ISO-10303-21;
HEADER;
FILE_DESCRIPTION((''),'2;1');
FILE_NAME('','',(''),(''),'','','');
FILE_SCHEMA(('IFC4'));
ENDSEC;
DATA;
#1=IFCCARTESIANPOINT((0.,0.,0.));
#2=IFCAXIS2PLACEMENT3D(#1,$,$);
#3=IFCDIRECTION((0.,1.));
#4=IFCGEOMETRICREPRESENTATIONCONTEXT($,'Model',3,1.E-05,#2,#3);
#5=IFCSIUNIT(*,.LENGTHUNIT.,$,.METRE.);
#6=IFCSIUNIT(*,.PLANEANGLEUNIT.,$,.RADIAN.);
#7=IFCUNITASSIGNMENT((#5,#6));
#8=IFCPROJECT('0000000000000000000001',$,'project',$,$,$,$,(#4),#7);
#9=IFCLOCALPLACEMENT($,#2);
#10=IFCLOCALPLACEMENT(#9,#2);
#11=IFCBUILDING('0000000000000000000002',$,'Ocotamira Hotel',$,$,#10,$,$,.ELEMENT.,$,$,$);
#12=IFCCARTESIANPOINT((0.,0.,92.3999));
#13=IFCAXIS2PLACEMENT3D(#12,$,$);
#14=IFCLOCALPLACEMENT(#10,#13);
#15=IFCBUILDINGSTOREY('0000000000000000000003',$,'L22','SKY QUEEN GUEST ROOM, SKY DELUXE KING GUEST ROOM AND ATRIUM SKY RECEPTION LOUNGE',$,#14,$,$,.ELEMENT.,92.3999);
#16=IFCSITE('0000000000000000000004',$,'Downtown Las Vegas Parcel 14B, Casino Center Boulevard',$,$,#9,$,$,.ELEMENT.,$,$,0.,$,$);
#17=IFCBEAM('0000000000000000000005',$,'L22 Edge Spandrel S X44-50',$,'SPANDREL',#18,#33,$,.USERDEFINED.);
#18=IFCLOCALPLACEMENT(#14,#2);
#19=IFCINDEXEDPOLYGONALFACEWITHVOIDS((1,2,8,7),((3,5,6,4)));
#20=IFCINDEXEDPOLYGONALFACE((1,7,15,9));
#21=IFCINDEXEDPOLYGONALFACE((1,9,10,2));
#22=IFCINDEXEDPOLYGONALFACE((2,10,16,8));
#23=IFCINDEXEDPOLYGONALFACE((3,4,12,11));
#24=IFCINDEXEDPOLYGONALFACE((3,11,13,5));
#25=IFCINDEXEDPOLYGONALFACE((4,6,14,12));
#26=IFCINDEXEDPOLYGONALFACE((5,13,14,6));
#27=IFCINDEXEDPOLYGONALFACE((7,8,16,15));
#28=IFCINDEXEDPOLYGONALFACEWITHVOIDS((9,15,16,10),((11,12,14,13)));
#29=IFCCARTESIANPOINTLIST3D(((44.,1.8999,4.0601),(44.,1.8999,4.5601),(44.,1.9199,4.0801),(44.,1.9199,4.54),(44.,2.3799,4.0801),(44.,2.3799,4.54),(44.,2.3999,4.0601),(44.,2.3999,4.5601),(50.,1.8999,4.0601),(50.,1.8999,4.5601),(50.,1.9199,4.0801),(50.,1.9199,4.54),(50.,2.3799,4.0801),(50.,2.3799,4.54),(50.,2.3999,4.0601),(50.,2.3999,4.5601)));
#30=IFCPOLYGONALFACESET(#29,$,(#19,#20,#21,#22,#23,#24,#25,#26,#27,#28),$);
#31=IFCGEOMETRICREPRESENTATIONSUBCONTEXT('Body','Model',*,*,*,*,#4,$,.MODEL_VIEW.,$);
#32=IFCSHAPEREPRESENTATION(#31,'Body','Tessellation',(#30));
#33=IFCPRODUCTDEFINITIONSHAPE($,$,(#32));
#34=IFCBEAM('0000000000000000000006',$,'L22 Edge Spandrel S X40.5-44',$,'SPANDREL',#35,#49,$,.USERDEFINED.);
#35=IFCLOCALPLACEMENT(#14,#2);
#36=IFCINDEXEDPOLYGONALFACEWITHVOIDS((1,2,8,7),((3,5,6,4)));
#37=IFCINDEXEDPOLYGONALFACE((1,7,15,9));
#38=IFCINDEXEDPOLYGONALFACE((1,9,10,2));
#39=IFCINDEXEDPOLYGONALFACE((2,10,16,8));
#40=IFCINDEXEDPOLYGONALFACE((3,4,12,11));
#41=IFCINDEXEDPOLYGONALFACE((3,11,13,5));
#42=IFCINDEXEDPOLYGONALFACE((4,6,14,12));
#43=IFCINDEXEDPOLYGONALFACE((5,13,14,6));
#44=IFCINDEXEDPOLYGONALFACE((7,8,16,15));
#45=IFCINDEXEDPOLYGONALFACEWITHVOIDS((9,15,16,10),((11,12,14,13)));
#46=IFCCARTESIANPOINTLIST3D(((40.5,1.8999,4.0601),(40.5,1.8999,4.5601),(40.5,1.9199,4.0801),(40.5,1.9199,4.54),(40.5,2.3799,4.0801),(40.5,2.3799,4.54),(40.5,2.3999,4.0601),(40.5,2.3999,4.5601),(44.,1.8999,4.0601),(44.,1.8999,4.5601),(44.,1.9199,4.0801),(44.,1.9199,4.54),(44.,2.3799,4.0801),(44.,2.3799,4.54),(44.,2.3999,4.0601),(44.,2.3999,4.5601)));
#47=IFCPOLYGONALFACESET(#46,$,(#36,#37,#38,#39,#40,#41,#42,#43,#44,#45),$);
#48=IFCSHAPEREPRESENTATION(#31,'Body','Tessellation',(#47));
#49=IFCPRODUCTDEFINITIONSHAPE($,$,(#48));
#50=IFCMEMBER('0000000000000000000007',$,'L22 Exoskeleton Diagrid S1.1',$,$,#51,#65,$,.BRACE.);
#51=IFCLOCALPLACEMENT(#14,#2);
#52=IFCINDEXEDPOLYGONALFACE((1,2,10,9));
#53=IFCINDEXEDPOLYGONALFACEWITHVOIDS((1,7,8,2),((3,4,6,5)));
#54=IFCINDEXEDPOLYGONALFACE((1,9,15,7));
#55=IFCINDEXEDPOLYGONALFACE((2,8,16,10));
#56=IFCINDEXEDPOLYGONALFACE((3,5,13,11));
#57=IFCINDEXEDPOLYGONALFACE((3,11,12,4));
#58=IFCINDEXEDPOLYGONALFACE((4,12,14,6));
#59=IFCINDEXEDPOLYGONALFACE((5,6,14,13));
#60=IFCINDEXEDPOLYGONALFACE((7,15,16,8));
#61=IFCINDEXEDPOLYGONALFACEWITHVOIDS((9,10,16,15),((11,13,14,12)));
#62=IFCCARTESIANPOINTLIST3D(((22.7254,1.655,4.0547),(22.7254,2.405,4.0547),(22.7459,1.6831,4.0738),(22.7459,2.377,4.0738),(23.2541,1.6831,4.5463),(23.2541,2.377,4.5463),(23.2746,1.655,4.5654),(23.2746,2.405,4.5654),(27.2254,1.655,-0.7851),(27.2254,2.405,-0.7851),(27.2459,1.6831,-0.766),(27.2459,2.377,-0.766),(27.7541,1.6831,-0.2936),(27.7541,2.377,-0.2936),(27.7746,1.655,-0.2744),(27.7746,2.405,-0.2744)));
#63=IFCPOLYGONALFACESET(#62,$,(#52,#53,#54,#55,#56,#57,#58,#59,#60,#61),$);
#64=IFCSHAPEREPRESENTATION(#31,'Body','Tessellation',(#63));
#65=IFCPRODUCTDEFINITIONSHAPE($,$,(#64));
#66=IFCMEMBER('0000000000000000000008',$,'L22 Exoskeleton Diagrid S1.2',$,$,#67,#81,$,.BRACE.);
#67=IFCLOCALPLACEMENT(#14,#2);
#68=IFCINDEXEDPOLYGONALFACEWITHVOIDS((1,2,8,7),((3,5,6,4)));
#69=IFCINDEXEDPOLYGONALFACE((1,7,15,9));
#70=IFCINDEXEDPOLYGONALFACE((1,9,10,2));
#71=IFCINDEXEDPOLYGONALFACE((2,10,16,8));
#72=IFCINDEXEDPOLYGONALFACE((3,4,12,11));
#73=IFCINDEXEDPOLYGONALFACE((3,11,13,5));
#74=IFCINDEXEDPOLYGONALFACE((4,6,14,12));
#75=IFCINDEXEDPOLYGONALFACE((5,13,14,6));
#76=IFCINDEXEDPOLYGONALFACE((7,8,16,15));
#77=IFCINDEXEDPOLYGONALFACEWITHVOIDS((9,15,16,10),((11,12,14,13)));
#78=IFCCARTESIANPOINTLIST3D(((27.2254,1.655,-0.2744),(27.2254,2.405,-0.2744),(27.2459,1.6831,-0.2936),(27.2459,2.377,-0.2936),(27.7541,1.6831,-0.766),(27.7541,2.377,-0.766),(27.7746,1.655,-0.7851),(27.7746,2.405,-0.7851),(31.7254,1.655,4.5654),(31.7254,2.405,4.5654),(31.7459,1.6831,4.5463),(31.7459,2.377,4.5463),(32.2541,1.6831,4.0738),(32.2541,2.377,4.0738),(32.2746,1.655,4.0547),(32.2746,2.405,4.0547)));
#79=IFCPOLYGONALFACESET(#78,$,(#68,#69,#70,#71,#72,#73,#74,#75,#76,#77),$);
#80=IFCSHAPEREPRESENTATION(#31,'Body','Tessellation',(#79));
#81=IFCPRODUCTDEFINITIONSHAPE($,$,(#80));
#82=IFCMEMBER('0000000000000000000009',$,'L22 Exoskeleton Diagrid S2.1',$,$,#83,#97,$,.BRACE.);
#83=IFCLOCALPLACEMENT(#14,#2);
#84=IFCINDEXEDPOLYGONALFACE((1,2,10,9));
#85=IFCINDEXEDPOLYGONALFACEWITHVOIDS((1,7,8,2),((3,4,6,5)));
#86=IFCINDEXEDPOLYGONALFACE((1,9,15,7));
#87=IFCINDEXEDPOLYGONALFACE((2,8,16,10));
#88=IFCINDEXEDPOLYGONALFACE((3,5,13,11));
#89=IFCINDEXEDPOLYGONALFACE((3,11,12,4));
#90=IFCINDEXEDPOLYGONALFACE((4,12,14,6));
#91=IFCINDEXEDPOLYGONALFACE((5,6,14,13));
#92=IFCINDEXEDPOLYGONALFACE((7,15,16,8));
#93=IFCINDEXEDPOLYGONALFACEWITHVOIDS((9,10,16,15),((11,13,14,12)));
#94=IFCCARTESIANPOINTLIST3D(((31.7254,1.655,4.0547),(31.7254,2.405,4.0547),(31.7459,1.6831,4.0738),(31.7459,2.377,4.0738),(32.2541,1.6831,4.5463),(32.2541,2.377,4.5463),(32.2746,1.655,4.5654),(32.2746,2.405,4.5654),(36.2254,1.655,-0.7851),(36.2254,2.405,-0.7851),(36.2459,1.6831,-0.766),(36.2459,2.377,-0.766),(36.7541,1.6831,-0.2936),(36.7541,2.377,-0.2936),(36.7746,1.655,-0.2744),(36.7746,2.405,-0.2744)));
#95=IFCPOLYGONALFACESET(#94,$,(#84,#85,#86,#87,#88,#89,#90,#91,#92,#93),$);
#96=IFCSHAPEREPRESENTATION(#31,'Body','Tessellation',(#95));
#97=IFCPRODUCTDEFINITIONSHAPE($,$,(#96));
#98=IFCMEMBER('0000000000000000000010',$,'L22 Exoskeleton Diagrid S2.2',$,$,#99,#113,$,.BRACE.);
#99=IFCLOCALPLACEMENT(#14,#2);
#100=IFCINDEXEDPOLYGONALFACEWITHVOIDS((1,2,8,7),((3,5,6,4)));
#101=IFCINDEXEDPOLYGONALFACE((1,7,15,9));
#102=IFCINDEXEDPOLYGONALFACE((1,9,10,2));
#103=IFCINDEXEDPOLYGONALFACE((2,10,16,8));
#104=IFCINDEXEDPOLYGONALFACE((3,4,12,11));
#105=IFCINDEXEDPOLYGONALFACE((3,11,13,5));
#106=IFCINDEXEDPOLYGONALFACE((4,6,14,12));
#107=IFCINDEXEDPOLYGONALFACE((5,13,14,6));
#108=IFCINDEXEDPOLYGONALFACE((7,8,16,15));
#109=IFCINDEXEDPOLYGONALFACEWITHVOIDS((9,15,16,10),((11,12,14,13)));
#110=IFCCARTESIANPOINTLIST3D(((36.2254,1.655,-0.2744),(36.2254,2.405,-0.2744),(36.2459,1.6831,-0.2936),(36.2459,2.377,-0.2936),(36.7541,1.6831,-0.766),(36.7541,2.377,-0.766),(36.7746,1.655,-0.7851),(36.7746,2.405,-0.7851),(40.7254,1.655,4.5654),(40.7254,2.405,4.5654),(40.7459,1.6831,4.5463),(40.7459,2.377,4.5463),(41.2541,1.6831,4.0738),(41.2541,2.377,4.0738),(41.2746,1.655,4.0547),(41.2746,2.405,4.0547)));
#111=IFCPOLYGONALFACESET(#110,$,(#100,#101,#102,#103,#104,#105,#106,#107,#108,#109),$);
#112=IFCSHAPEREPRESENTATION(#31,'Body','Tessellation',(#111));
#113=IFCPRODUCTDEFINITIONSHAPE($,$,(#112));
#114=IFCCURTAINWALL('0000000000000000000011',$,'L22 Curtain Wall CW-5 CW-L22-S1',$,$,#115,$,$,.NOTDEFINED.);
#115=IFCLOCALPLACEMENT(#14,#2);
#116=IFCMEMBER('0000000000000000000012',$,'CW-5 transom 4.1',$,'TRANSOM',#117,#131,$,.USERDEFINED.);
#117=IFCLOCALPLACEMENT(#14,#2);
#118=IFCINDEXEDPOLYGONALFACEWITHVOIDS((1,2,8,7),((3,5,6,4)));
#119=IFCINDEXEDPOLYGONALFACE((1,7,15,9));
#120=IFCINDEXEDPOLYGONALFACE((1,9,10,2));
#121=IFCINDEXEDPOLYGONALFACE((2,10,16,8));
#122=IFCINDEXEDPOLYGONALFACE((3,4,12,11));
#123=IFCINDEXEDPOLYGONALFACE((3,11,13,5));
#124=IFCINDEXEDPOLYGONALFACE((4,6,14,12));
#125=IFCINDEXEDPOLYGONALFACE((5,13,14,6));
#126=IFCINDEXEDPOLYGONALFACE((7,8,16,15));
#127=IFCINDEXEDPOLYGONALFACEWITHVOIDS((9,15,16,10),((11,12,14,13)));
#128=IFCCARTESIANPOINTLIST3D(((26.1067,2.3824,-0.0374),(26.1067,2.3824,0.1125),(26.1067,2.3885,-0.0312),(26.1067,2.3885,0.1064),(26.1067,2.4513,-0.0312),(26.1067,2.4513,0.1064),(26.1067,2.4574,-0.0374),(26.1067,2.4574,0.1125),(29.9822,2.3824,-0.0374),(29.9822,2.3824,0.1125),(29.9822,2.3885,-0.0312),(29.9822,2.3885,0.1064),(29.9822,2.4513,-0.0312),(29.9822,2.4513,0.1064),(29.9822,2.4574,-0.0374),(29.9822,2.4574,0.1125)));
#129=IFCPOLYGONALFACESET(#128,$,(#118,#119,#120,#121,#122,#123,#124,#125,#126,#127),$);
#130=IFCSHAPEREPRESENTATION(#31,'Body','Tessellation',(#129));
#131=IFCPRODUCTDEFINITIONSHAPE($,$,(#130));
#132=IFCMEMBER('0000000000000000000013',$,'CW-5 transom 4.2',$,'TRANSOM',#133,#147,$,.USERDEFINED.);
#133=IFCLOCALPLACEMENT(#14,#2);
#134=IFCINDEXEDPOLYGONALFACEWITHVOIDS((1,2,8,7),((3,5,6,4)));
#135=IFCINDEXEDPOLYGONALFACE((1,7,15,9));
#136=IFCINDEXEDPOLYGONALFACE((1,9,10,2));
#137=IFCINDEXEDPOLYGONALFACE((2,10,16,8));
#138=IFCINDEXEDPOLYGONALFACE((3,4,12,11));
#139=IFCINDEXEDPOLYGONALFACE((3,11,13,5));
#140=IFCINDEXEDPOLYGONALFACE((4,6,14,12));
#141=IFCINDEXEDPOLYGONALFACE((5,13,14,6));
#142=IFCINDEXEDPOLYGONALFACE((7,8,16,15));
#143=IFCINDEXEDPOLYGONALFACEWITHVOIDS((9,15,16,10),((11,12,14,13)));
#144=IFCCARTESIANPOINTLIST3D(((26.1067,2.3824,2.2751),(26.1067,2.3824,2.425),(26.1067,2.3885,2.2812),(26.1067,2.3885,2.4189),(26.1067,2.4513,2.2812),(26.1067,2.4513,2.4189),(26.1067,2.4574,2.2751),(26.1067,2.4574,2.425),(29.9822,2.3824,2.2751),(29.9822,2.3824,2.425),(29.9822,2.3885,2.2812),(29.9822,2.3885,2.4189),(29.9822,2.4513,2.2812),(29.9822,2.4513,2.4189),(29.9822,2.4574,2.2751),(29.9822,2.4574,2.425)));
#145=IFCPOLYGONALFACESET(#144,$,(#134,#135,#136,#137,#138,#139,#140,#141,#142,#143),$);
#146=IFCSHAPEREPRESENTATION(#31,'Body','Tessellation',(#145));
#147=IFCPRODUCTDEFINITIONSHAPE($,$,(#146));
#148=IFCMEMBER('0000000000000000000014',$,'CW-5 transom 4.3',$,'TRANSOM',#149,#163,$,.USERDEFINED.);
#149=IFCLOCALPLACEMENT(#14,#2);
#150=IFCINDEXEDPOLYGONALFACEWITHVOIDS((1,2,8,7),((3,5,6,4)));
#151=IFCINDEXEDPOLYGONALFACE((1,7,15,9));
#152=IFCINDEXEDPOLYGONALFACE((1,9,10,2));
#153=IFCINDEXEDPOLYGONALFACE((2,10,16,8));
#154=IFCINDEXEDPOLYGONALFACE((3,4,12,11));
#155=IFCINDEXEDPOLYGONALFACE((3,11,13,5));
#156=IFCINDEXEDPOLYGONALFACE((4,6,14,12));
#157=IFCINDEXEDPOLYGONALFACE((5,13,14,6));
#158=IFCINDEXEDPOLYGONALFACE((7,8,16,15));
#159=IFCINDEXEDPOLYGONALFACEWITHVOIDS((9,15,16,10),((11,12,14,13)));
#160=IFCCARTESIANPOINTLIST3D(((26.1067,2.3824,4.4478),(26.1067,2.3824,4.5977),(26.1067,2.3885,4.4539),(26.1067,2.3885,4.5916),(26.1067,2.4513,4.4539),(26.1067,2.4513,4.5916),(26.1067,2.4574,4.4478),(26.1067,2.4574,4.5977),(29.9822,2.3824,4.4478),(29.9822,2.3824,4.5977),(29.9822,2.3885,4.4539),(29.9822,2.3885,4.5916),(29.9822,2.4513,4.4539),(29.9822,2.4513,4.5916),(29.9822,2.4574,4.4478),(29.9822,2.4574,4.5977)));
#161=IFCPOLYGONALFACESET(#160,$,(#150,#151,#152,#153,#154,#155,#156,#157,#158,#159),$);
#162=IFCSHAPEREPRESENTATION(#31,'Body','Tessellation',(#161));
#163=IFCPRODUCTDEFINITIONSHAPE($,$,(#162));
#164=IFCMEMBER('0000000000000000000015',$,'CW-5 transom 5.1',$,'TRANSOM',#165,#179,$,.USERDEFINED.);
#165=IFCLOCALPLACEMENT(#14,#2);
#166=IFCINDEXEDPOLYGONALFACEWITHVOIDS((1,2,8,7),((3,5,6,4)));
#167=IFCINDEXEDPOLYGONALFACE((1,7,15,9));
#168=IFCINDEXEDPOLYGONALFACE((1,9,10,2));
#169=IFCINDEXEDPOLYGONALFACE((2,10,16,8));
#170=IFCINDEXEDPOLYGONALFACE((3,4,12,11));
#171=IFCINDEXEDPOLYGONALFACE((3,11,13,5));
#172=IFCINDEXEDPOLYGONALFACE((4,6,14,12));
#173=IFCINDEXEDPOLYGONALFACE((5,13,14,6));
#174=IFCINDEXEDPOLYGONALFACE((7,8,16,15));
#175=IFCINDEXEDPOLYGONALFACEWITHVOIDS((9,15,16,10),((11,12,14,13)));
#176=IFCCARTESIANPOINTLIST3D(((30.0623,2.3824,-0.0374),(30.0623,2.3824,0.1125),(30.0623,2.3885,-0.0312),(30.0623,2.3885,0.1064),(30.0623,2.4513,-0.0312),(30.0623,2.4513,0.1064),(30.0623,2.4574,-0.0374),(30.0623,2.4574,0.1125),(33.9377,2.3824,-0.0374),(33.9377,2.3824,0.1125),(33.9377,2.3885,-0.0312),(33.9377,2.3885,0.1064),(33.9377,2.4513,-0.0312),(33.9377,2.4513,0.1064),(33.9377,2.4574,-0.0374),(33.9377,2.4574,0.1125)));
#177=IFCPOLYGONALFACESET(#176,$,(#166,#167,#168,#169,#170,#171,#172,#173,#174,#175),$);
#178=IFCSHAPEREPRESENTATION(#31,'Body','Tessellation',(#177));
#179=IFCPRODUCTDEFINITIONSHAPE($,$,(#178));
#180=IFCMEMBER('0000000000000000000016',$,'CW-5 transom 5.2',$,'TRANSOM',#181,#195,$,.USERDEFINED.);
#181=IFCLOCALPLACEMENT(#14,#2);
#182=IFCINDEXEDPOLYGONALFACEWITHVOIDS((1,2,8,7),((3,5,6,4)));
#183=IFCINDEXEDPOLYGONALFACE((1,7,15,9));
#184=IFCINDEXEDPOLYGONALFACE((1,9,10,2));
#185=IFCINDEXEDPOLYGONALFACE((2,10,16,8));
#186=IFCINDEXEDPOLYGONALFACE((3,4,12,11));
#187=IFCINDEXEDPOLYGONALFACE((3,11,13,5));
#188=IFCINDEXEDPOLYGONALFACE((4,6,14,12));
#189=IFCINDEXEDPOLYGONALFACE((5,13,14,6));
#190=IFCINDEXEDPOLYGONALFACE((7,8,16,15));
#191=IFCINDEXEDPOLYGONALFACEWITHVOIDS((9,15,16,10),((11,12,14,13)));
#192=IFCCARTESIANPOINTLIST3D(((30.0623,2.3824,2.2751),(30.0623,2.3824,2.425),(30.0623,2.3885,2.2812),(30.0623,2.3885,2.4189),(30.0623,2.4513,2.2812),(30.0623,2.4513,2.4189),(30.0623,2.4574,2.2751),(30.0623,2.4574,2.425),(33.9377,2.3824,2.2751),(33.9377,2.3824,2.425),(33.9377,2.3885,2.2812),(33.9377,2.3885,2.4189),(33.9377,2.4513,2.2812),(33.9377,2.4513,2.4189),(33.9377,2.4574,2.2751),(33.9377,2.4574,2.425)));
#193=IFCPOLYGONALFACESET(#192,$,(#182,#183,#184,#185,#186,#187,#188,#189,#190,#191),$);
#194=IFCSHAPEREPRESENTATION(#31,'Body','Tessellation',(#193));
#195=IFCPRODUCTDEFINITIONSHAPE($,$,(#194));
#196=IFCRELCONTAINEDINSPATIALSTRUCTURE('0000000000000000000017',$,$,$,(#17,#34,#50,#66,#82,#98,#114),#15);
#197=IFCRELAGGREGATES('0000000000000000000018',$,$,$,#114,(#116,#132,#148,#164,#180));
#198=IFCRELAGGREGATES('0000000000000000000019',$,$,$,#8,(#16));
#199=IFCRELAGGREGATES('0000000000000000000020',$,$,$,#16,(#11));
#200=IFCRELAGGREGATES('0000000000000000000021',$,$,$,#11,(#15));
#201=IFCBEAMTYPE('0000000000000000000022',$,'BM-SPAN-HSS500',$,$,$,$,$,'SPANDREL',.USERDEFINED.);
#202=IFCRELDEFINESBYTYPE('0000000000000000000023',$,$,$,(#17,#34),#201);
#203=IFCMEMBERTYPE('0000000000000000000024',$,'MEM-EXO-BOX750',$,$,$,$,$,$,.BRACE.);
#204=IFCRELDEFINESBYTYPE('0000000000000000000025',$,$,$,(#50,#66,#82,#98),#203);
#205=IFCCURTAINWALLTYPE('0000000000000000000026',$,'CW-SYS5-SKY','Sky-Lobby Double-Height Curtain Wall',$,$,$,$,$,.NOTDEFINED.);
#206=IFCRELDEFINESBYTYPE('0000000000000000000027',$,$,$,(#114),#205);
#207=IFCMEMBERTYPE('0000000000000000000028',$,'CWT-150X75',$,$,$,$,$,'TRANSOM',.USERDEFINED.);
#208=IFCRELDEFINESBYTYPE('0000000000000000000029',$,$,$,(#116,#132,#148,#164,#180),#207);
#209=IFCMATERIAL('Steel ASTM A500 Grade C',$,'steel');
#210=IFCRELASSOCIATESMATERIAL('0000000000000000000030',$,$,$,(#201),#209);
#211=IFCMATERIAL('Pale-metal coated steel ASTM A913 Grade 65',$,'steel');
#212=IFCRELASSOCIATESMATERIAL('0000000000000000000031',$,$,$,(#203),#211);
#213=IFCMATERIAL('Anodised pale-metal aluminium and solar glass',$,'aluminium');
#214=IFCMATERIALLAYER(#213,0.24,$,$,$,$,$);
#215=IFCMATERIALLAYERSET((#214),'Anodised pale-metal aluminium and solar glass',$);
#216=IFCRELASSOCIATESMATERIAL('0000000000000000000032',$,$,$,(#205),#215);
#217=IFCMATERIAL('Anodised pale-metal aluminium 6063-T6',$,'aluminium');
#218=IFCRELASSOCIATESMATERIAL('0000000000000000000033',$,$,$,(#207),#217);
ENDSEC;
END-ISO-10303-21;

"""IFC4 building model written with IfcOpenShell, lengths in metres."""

from ifc_helpers import new_model, si_unit, direction, frame, origin, origin_2d, place, context, subcontext, project, spatial, hollow_rectangle, extrude, source, transform, mapped, material, layer, layer_set, material_profile, profile_set, type_object, element, aggregate, save


model = new_model("IFC4")

# Units and contexts
model_context = context("Model", 3, precision=1e-05, world=origin(), true_north=direction((0.0, 1.0)))
body_context = subcontext(model_context, "Body", "Model", "MODEL_VIEW")
ifc_project = project(units=[si_unit("LENGTHUNIT", "METRE"), si_unit("PLANEANGLEUNIT", "RADIAN")], contexts=[model_context])

# Site, building, storey
site_placement = place(None, origin())
site = spatial("IfcSite", under=ifc_project, at=site_placement, Name="Downtown Las Vegas Parcel 14B, Casino Center Boulevard", CompositionType="ELEMENT", RefElevation=0.0)
building_placement = place(site_placement, origin())
building = spatial("IfcBuilding", under=site, at=building_placement, Name="Ocotamira Hotel", CompositionType="ELEMENT")
storey_placement = place(building_placement, frame((0.0, 0.0, 92.3999)))
storey = spatial("IfcBuildingStorey", under=building, at=storey_placement, Name="L22", Description="SKY QUEEN GUEST ROOM, SKY DELUXE KING GUEST ROOM AND ATRIUM SKY RECEPTION LOUNGE", CompositionType="ELEMENT", Elevation=92.3999)

# Beams
ifc_material_1 = material(Name="Steel ASTM A500 Grade C", Category="steel")
ifc_material_profile_1 = material_profile(ifc_material_1, hollow_rectangle(XDim=0.5, YDim=0.5, WallThickness=0.02, at=origin_2d()), Name="HSS500X500X20")
ifc_profile_set_1 = profile_set([ifc_material_profile_1], Name="Steel ASTM A500 Grade C")
beam_type = type_object("IfcBeamType", Name="BM-SPAN-HSS500", ElementType="SPANDREL", PredefinedType="USERDEFINED", material=ifc_profile_set_1)
shared_shape_1 = source(origin(), body_context, "Body", "SweptSolid", [
    extrude(hollow_rectangle(XDim=0.5, YDim=0.5, WallThickness=0.02, at=origin_2d()), origin(), (0.0, 0.0, 1.0), 6.0),
])
beam_1_placement = place(storey_placement, frame((44.0, 2.1499, 4.3101), z_axis=(1.0, 0.0, 0.0), x_axis=(0.0, 1.0, 0.0)))
element("IfcBeam", 1, at=beam_1_placement, inside=storey, type_object=beam_type, Name="L22 Edge Spandrel S X44-50", ObjectType="SPANDREL", PredefinedType="USERDEFINED", context=body_context, shape_type="MappedRepresentation", body=[
    mapped(shared_shape_1, transform((0.0, 0.0, 0.0), scale=1.0)),
])
shared_shape_2 = source(origin(), body_context, "Body", "SweptSolid", [
    extrude(hollow_rectangle(XDim=0.5, YDim=0.5, WallThickness=0.02, at=origin_2d()), origin(), (0.0, 0.0, 1.0), 3.5),
])
beam_2_placement = place(storey_placement, frame((40.5, 2.1499, 4.3101), z_axis=(1.0, 0.0, 0.0), x_axis=(0.0, 1.0, 0.0)))
element("IfcBeam", 2, at=beam_2_placement, inside=storey, type_object=beam_type, Name="L22 Edge Spandrel S X40.5-44", ObjectType="SPANDREL", PredefinedType="USERDEFINED", context=body_context, shape_type="MappedRepresentation", body=[
    mapped(shared_shape_2, transform((0.0, 0.0, 0.0), scale=1.0)),
])

# Members
ifc_material_2 = material(Name="Pale-metal coated steel ASTM A913 Grade 65", Category="steel")
ifc_material_profile_2 = material_profile(ifc_material_2, hollow_rectangle(XDim=0.75, YDim=0.75, WallThickness=0.0281, at=origin_2d()), Name="BOX750X750X28")
ifc_profile_set_2 = profile_set([ifc_material_profile_2], Name="Pale-metal coated steel ASTM A913 Grade 65")
member_type_1 = type_object("IfcMemberType", Name="MEM-EXO-BOX750", PredefinedType="BRACE", material=ifc_profile_set_2)
shared_shape_3 = source(origin(), body_context, "Body", "SweptSolid", [
    extrude(hollow_rectangle(XDim=0.75, YDim=0.75, WallThickness=0.0281, at=origin_2d()), origin(), (0.0, 0.0, 1.0), 6.6086),
])
for number, where, z_axis, x_axis, name in (
    (3, (27.5, 2.03, -0.5298), (-0.680927, 0.0, 0.732351), (0.0, -1.0, 0.0), "L22 Exoskeleton Diagrid S1.1"),
    (4, (27.5, 2.03, -0.5298), (0.680927, 0.0, 0.732351), (0.0, 1.0, 0.0), "L22 Exoskeleton Diagrid S1.2"),
    (5, (36.5, 2.03, -0.5298), (-0.680927, 0.0, 0.732351), (0.0, -1.0, 0.0), "L22 Exoskeleton Diagrid S2.1"),
    (6, (36.5, 2.03, -0.5298), (0.680927, 0.0, 0.732351), (0.0, 1.0, 0.0), "L22 Exoskeleton Diagrid S2.2"),
):
    element("IfcMember", number, at=place(storey_placement, frame(where, z_axis=z_axis, x_axis=x_axis)), inside=storey, type_object=member_type_1, Name=name, PredefinedType="BRACE", context=body_context, shape_type="MappedRepresentation", body=[
        mapped(shared_shape_3, transform((0.0, 0.0, 0.0), scale=1.0)),
    ])

# Curtain wall, members
ifc_material_3 = material(Name="Anodised pale-metal aluminium and solar glass", Category="aluminium")
ifc_layer_1 = layer(ifc_material_3, 0.24)
ifc_layer_set_1 = layer_set([ifc_layer_1], Name="Anodised pale-metal aluminium and solar glass")
curtain_wall_type = type_object("IfcCurtainWallType", Name="CW-SYS5-SKY", Description="Sky-Lobby Double-Height Curtain Wall", PredefinedType="NOTDEFINED", material=ifc_layer_set_1)
curtain_wall_placement = place(storey_placement, origin())
curtain_wall = element("IfcCurtainWall", 7, at=curtain_wall_placement, inside=storey, type_object=curtain_wall_type, Name="L22 Curtain Wall CW-5 CW-L22-S1", PredefinedType="NOTDEFINED")
ifc_material_4 = material(Name="Anodised pale-metal aluminium 6063-T6", Category="aluminium")
ifc_material_profile_3 = material_profile(ifc_material_4, hollow_rectangle(XDim=0.075, YDim=0.1499, WallThickness=0.0061, at=origin_2d()), Name="HSS150X75X6")
ifc_profile_set_3 = profile_set([ifc_material_profile_3], Name="Anodised pale-metal aluminium 6063-T6")
member_type_2 = type_object("IfcMemberType", Name="CWT-150X75", ElementType="TRANSOM", PredefinedType="USERDEFINED", material=ifc_profile_set_3)
shared_shape_4 = source(origin(), body_context, "Body", "SweptSolid", [
    extrude(hollow_rectangle(XDim=0.075, YDim=0.1499, WallThickness=0.0061, at=origin_2d()), origin(), (0.0, 0.0, 1.0), 3.8755),
])
member_1_placement = place(storey_placement, frame((26.1067, 2.4199, 0.0376), z_axis=(1.0, 0.0, 0.0), x_axis=(0.0, 1.0, 0.0)))
member_1 = element("IfcMember", 8, at=member_1_placement, type_object=member_type_2, Name="CW-5 transom 4.1", ObjectType="TRANSOM", PredefinedType="USERDEFINED", context=body_context, shape_type="MappedRepresentation", body=[
    mapped(shared_shape_4, transform((0.0, 0.0, 0.0), scale=1.0)),
])
member_2_placement = place(storey_placement, frame((26.1067, 2.4199, 2.3501), z_axis=(1.0, 0.0, 0.0), x_axis=(0.0, 1.0, 0.0)))
member_2 = element("IfcMember", 9, at=member_2_placement, type_object=member_type_2, Name="CW-5 transom 4.2", ObjectType="TRANSOM", PredefinedType="USERDEFINED", context=body_context, shape_type="MappedRepresentation", body=[
    mapped(shared_shape_4, transform((0.0, 0.0, 0.0), scale=1.0)),
])
member_3_placement = place(storey_placement, frame((26.1067, 2.4199, 4.5227), z_axis=(1.0, 0.0, 0.0), x_axis=(0.0, 1.0, 0.0)))
member_3 = element("IfcMember", 10, at=member_3_placement, type_object=member_type_2, Name="CW-5 transom 4.3", ObjectType="TRANSOM", PredefinedType="USERDEFINED", context=body_context, shape_type="MappedRepresentation", body=[
    mapped(shared_shape_4, transform((0.0, 0.0, 0.0), scale=1.0)),
])
member_4_placement = place(storey_placement, frame((30.0623, 2.4199, 0.0376), z_axis=(1.0, 0.0, 0.0), x_axis=(0.0, 1.0, 0.0)))
member_4 = element("IfcMember", 11, at=member_4_placement, type_object=member_type_2, Name="CW-5 transom 5.1", ObjectType="TRANSOM", PredefinedType="USERDEFINED", context=body_context, shape_type="MappedRepresentation", body=[
    mapped(shared_shape_4, transform((0.0, 0.0, 0.0), scale=1.0)),
])
member_5_placement = place(storey_placement, frame((30.0623, 2.4199, 2.3501), z_axis=(1.0, 0.0, 0.0), x_axis=(0.0, 1.0, 0.0)))
member_5 = element("IfcMember", 12, at=member_5_placement, type_object=member_type_2, Name="CW-5 transom 5.2", ObjectType="TRANSOM", PredefinedType="USERDEFINED", context=body_context, shape_type="MappedRepresentation", body=[
    mapped(shared_shape_4, transform((0.0, 0.0, 0.0), scale=1.0)),
])

aggregate(curtain_wall, [member_1, member_2, member_3, member_4, member_5])

save(model, "model.ifc")
